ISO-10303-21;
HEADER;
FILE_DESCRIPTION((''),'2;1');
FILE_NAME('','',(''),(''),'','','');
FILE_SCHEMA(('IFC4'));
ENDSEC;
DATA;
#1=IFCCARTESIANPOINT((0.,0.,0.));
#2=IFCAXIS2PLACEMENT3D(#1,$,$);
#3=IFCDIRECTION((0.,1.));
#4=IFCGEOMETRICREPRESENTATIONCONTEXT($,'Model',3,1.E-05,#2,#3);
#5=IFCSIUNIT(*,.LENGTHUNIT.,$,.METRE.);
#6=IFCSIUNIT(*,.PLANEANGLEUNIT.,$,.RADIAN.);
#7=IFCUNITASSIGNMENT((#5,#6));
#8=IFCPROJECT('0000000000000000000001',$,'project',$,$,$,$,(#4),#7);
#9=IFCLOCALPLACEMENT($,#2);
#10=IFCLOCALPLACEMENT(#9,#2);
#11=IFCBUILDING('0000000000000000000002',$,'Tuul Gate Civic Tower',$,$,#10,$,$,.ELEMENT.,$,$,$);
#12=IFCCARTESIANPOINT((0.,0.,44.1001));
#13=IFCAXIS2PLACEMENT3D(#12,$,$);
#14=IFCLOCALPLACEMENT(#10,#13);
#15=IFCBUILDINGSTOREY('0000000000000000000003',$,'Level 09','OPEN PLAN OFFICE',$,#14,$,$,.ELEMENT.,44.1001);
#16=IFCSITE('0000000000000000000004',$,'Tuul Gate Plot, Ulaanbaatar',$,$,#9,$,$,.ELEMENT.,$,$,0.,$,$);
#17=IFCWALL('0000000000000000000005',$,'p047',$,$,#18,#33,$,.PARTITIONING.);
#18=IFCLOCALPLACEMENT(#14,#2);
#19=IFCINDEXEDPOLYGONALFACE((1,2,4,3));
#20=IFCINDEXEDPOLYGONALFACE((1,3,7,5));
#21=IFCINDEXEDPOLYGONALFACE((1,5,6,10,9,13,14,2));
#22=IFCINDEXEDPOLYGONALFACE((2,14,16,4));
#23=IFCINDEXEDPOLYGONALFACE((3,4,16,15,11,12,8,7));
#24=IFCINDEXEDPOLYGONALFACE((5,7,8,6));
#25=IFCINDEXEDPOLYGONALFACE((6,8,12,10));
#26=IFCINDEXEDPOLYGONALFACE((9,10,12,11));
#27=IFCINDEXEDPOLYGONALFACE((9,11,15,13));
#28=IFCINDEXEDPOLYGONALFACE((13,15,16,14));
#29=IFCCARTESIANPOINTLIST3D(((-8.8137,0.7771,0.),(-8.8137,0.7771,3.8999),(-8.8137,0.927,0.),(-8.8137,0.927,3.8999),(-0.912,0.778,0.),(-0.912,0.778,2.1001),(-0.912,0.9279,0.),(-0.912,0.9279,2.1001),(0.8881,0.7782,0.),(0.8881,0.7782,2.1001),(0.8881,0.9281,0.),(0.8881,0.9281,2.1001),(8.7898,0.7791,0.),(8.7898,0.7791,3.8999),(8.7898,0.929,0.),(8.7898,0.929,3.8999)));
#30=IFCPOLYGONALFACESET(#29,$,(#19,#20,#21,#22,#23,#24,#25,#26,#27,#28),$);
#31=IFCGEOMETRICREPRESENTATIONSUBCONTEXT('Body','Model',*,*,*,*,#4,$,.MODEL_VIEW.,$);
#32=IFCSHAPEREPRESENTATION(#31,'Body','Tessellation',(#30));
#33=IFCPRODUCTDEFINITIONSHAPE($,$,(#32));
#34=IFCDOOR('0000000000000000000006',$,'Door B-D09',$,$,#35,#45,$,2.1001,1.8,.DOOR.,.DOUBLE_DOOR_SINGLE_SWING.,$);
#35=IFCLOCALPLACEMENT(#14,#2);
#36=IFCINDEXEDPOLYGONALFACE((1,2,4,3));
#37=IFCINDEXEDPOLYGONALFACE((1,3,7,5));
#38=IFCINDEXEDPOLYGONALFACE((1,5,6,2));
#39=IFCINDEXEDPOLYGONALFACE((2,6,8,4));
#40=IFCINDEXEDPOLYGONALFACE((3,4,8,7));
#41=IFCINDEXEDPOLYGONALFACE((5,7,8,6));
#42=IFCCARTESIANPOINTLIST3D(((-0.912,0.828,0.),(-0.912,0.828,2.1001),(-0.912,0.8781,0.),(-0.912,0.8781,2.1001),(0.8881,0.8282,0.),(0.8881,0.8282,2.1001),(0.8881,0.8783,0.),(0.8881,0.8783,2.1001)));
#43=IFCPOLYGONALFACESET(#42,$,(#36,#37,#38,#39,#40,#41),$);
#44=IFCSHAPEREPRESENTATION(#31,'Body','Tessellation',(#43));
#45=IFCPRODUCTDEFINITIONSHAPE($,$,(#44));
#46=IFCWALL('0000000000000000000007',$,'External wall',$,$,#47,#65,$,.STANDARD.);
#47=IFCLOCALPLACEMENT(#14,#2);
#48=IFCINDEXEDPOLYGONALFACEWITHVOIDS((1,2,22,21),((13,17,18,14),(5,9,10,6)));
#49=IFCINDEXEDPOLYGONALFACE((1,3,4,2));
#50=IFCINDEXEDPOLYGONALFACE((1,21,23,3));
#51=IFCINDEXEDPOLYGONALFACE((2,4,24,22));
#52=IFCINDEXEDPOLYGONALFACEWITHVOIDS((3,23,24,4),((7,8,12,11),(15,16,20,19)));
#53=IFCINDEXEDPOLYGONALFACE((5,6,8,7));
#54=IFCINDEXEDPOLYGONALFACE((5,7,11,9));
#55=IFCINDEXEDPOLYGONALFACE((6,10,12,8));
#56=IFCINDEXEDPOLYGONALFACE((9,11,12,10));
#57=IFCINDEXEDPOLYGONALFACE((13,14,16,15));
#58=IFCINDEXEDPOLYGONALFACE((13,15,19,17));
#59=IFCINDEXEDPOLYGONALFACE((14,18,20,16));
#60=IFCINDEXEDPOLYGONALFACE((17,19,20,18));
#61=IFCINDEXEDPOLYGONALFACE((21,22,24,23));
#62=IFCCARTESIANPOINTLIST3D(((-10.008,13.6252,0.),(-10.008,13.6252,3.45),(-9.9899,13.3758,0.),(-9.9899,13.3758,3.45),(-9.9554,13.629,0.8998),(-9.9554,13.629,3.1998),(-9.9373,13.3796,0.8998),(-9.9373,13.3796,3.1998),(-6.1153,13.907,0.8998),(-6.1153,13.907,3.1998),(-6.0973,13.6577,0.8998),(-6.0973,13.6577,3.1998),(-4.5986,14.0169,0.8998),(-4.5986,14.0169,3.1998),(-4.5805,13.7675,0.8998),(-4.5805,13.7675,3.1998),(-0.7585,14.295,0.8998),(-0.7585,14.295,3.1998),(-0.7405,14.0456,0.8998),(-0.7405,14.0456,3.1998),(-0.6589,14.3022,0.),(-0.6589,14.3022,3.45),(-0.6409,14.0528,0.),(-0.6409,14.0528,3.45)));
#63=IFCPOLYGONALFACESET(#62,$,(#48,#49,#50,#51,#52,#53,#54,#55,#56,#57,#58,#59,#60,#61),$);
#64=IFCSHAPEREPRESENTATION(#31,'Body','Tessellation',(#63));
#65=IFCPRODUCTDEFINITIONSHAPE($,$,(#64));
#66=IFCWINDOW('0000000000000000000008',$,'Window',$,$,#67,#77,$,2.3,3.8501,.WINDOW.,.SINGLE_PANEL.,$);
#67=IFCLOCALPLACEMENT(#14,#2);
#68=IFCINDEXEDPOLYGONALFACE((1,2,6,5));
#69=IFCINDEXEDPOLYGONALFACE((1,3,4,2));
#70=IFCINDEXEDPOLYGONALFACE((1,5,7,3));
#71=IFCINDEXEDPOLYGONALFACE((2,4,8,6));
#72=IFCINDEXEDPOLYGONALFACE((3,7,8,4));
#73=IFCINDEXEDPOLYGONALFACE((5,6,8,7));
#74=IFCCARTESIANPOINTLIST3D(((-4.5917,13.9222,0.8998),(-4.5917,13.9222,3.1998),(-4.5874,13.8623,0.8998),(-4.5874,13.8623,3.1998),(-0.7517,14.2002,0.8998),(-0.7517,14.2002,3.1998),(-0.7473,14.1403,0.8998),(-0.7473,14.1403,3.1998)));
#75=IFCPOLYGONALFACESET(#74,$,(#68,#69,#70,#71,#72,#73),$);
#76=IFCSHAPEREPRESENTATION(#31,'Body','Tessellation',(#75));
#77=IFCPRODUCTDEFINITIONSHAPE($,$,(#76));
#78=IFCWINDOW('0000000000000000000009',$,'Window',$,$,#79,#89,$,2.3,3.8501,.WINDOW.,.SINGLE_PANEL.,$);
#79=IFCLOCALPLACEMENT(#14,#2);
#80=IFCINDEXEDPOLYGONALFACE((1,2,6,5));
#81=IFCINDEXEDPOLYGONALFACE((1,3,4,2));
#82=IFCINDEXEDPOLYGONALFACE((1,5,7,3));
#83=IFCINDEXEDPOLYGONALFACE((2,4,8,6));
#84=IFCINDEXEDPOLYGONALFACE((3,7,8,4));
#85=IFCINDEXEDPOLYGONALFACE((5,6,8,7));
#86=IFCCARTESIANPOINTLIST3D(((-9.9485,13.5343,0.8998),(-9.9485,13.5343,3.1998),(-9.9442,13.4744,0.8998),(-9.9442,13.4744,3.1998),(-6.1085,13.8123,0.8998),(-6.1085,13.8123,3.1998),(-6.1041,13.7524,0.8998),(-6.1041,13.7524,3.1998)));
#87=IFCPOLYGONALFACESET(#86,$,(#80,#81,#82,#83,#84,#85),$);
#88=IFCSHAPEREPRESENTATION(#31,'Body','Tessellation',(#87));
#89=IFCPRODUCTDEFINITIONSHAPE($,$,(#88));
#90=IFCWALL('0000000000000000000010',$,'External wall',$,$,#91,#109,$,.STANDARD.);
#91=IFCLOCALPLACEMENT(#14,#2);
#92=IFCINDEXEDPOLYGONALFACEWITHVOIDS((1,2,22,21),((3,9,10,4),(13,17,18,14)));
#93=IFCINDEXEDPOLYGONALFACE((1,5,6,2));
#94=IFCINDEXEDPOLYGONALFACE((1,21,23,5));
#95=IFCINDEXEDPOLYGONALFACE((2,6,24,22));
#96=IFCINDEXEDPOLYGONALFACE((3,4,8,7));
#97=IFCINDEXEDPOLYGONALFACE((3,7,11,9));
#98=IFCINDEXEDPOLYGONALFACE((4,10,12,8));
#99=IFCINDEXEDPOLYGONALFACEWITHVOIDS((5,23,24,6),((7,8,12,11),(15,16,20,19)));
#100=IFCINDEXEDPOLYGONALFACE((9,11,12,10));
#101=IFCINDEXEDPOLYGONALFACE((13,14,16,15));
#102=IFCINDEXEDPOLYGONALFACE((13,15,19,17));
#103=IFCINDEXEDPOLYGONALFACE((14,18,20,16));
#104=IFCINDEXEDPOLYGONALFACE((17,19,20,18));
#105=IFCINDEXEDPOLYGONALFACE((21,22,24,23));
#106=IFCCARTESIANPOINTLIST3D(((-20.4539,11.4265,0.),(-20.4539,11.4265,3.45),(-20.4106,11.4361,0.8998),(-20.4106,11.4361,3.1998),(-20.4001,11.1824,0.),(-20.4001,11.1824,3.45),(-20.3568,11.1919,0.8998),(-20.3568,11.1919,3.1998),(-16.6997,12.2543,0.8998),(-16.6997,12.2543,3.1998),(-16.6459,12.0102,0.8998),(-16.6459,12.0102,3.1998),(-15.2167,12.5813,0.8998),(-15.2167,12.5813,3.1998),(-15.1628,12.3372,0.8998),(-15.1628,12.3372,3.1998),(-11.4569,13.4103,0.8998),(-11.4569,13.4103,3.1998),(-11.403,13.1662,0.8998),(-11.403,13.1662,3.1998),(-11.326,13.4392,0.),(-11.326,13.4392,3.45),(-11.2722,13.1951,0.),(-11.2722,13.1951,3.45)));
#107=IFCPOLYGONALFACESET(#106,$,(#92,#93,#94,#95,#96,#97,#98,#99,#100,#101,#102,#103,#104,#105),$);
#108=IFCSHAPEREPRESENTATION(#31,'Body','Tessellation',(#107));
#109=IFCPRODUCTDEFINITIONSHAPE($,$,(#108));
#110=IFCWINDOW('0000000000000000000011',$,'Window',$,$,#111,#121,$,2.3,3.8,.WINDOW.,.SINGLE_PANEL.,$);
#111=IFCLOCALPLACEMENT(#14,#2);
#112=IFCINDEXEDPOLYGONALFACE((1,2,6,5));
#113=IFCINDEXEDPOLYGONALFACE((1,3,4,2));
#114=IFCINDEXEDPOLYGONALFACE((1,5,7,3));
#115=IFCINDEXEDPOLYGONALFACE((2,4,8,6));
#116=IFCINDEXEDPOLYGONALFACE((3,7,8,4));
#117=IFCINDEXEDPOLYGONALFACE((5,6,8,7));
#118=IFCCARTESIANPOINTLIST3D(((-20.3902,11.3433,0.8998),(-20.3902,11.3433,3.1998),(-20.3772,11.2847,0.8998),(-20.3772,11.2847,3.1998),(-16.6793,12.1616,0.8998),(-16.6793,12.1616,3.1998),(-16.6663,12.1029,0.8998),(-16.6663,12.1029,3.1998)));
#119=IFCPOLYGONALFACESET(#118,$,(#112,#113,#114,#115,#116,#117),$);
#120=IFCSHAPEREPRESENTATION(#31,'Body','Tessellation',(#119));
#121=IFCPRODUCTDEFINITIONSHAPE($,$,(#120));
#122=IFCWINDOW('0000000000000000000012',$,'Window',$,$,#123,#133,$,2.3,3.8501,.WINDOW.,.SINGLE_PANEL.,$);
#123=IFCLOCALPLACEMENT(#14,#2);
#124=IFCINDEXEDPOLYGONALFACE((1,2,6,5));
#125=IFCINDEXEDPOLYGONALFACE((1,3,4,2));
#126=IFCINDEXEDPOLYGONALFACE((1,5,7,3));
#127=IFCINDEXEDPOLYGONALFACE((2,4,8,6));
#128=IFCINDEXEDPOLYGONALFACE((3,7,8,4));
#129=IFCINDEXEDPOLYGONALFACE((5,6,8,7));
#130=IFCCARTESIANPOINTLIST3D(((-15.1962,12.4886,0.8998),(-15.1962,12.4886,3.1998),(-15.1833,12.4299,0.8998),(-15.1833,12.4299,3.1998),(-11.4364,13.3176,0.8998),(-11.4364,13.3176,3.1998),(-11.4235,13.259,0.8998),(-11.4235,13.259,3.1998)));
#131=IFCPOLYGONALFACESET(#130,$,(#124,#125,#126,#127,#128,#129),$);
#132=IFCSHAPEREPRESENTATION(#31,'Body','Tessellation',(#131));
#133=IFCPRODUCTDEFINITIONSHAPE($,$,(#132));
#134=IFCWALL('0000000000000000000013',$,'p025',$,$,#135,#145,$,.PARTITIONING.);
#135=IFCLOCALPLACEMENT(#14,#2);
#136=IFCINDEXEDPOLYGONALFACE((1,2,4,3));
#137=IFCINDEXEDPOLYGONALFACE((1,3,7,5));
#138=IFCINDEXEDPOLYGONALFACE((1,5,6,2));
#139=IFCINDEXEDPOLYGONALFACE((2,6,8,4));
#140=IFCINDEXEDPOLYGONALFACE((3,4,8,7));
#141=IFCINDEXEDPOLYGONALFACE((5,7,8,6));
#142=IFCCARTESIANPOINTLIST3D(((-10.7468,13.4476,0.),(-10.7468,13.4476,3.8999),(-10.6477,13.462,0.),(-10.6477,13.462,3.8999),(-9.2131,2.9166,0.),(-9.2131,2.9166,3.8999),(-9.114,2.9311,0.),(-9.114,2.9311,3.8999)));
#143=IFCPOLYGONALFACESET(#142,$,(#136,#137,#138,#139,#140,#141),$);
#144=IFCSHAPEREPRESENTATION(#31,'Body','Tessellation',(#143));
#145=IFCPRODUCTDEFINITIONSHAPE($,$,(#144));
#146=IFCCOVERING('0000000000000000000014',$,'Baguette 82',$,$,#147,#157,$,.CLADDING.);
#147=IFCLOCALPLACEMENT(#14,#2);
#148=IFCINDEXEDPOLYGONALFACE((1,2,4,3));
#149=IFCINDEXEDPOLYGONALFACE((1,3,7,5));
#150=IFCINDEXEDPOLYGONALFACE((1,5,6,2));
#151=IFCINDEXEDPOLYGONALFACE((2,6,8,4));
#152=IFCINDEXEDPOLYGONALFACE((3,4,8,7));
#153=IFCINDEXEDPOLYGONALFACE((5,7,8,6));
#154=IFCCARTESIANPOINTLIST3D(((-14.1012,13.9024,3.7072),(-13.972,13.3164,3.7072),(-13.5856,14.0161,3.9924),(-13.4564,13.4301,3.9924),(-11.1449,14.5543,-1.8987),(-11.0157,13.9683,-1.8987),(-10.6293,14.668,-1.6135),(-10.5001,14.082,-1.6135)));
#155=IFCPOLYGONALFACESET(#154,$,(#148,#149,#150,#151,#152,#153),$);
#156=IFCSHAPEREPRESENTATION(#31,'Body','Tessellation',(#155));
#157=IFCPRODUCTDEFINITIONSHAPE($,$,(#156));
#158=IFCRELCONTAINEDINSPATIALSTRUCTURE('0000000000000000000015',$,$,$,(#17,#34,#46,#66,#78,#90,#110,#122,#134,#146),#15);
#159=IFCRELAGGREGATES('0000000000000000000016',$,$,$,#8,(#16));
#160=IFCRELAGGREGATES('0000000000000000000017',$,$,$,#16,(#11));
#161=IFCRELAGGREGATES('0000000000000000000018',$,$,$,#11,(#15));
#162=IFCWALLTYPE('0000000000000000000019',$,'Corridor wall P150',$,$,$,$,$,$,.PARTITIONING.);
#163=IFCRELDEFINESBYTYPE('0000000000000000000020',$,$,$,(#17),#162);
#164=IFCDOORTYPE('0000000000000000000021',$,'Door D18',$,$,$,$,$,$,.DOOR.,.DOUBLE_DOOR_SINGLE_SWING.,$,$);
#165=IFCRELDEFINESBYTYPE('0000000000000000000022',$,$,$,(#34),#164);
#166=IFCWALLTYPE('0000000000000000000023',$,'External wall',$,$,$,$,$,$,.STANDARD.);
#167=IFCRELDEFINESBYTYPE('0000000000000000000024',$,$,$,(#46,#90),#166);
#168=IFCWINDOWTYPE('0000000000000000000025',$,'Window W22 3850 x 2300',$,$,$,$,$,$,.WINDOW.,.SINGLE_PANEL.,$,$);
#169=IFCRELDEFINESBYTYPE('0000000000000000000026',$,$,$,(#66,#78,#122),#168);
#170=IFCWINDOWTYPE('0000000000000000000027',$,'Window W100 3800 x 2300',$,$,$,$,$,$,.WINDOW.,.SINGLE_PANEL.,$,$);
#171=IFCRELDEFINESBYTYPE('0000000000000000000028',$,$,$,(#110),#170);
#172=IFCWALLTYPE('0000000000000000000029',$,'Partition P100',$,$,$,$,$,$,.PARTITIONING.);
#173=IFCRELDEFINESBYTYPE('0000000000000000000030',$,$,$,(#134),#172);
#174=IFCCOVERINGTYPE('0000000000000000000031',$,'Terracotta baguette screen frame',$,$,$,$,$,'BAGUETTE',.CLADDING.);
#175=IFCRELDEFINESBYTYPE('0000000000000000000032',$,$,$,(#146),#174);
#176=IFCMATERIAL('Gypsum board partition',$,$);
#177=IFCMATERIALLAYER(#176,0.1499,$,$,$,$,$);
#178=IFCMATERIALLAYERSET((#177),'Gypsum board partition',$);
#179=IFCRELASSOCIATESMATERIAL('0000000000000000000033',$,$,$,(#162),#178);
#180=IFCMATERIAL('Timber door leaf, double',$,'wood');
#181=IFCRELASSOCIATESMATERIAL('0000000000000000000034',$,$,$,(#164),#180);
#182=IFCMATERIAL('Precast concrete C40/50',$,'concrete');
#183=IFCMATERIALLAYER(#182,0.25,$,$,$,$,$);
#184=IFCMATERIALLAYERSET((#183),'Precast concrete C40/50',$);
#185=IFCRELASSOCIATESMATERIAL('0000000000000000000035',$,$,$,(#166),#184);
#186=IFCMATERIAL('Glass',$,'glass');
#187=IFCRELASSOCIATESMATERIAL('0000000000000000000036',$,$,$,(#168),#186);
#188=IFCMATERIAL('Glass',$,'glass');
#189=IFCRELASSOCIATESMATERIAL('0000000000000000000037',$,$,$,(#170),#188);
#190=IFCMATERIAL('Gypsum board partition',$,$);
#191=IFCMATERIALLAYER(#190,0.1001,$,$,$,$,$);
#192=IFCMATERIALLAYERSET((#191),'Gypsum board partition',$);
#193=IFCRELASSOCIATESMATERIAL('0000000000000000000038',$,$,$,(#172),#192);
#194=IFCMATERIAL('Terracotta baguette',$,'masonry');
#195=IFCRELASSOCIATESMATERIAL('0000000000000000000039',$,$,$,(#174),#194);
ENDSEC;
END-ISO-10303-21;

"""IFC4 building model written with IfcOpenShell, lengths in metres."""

from ifc_helpers import new_model, si_unit, direction, frame, frame_2d, origin, origin_2d, place, context, subcontext, project, spatial, rectangle, extrude, material, layer, layer_set, material_profile, profile_set, type_object, element, fill, save


model = new_model("IFC4")

# Units and contexts
model_context = context("Model", 3, precision=1e-05, world=origin(), true_north=direction((0.0, 1.0)))
body_context = subcontext(model_context, "Body", "Model", "MODEL_VIEW")
ifc_project = project(units=[si_unit("LENGTHUNIT", "METRE"), si_unit("PLANEANGLEUNIT", "RADIAN")], contexts=[model_context])

# Site, building, storey
site_placement = place(None, origin())
site = spatial("IfcSite", under=ifc_project, at=site_placement, Name="Tuul Gate Plot, Ulaanbaatar", CompositionType="ELEMENT", RefElevation=0.0)
building_placement = place(site_placement, origin())
building = spatial("IfcBuilding", under=site, at=building_placement, Name="Tuul Gate Civic Tower", CompositionType="ELEMENT")
storey_placement = place(building_placement, frame((0.0, 0.0, 44.1001)))
storey = spatial("IfcBuildingStorey", under=building, at=storey_placement, Name="Level 09", Description="OPEN PLAN OFFICE", CompositionType="ELEMENT", Elevation=44.1001)

# Wall, opening, door
ifc_material_1 = material(Name="Gypsum board partition")
ifc_layer_1 = layer(ifc_material_1, 0.1499)
ifc_layer_set_1 = layer_set([ifc_layer_1], Name="Gypsum board partition")
wall_type_1 = type_object("IfcWallType", Name="Corridor wall P150", PredefinedType="PARTITIONING", material=ifc_layer_set_1)
ifc_material_2 = material(Name="Timber door leaf, double", Category="wood")
door_type = type_object("IfcDoorType", Name="Door D18", OperationType="DOUBLE_DOOR_SINGLE_SWING", PredefinedType="DOOR", material=ifc_material_2)
wall_1_placement = place(storey_placement, frame((-8.8137, 0.8521, 0.0), z_axis=(0.0, 0.0, 1.0), x_axis=(1.0, 0.000111, 0.0)))
wall_1 = element("IfcWall", 1, at=wall_1_placement, inside=storey, type_object=wall_type_1, Name="p047", PredefinedType="PARTITIONING", context=body_context, shape_type="SweptSolid", body=[
    extrude(rectangle(XDim=17.6035, YDim=0.1499, at=frame_2d((8.8018, 0.0))), origin(), (0.0, 0.0, 1.0), 3.8999),
])
opening_1_placement = place(wall_1_placement, frame((7.9019, 0.0, 0.0)))
opening_1 = element("IfcOpeningElement", 2, at=opening_1_placement, cuts=wall_1, PredefinedType="OPENING", context=body_context, shape_type="SweptSolid", body=[
    extrude(rectangle(XDim=1.8, YDim=2.1001, at=frame_2d((0.8999, 1.05))), frame((0.0, 0.085, 0.0), z_axis=(0.0, -1.0, 0.0), x_axis=(1.0, 0.0, 0.0)), (0.0, 0.0, 1.0), 0.1699),
])
door_1_placement = place(opening_1_placement, frame((1.8, 0.0, 0.0), z_axis=(0.0, 0.0, 1.0), x_axis=(-1.0, 0.0, 0.0)))
door_1 = element("IfcDoor", 3, at=door_1_placement, inside=storey, type_object=door_type, Name="Door B-D09", OperationType="DOUBLE_DOOR_SINGLE_SWING", OverallHeight=2.1001, OverallWidth=1.8, PredefinedType="DOOR", context=body_context, shape_type="SweptSolid", body=[
    extrude(rectangle(XDim=1.8, YDim=2.1001, at=frame_2d((0.9001, 1.05))), frame((0.0, 0.0249, 0.0), z_axis=(0.0, -1.0, 0.0), x_axis=(1.0, 0.0, 0.0)), (0.0, 0.0, 1.0), 0.05),
])
fill(opening_1, door_1)

# Walls, openings, windows
ifc_material_3 = material(Name="Precast concrete C40/50", Category="concrete")
ifc_layer_2 = layer(ifc_material_3, 0.25)
ifc_layer_set_2 = layer_set([ifc_layer_2], Name="Precast concrete C40/50")
wall_type_2 = type_object("IfcWallType", Name="External wall", PredefinedType="STANDARD", material=ifc_layer_set_2)
wall_2_placement = place(storey_placement, frame((-0.6499, 14.1775, 0.0), z_axis=(0.0, 0.0, 1.0), x_axis=(-0.997388, -0.072224, 0.0)))
wall_2 = element("IfcWall", 4, at=wall_2_placement, inside=storey, type_object=wall_type_2, Name="External wall", PredefinedType="STANDARD", context=body_context, shape_type="SweptSolid", body=[
    extrude(rectangle(XDim=9.3735, YDim=0.25, at=frame_2d((4.6868, 0.0))), origin(), (0.0, 0.0, 1.0), 3.45),
])
opening_2_placement = place(wall_2_placement, frame((0.0999, 0.0, 0.8999)))
opening_2 = element("IfcOpeningElement", 5, at=opening_2_placement, cuts=wall_2, PredefinedType="OPENING", context=body_context, shape_type="SweptSolid", body=[
    extrude(rectangle(XDim=3.8501, YDim=2.3, at=frame_2d((1.925, 1.1499))), frame((0.0, 0.135, 0.0), z_axis=(0.0, -1.0, 0.0), x_axis=(1.0, 0.0, 0.0)), (0.0, 0.0, 1.0), 0.27),
])
opening_3_placement = place(wall_2_placement, frame((5.4707, 0.0, 0.8999)))
opening_3 = element("IfcOpeningElement", 6, at=opening_3_placement, cuts=wall_2, PredefinedType="OPENING", context=body_context, shape_type="SweptSolid", body=[
    extrude(rectangle(XDim=3.8501, YDim=2.3, at=frame_2d((1.925, 1.1499))), frame((0.0, 0.135, 0.0), z_axis=(0.0, -1.0, 0.0), x_axis=(1.0, 0.0, 0.0)), (0.0, 0.0, 1.0), 0.27),
])
ifc_material_4 = material(Name="Glass", Category="glass")
window_type_1 = type_object("IfcWindowType", Name="Window W22 3850 x 2300", PartitioningType="SINGLE_PANEL", PredefinedType="WINDOW", material=ifc_material_4)
window_1_placement = place(opening_2_placement, origin())
window_1 = element("IfcWindow", 7, at=window_1_placement, inside=storey, type_object=window_type_1, Name="Window", OverallHeight=2.3, OverallWidth=3.8501, PartitioningType="SINGLE_PANEL", PredefinedType="WINDOW", context=body_context, shape_type="SweptSolid", body=[
    extrude(rectangle(XDim=3.8501, YDim=2.3, at=frame_2d((1.925, 1.1499))), frame((0.0, 0.03, 0.0), z_axis=(0.0, -1.0, 0.0), x_axis=(1.0, 0.0, 0.0)), (0.0, 0.0, 1.0), 0.0601),
])
fill(opening_2, window_1)
window_2_placement = place(opening_3_placement, origin())
window_2 = element("IfcWindow", 8, at=window_2_placement, inside=storey, type_object=window_type_1, Name="Window", OverallHeight=2.3, OverallWidth=3.8501, PartitioningType="SINGLE_PANEL", PredefinedType="WINDOW", context=body_context, shape_type="SweptSolid", body=[
    extrude(rectangle(XDim=3.8501, YDim=2.3, at=frame_2d((1.925, 1.1499))), frame((0.0, 0.03, 0.0), z_axis=(0.0, -1.0, 0.0), x_axis=(1.0, 0.0, 0.0)), (0.0, 0.0, 1.0), 0.0601),
])
fill(opening_3, window_2)
wall_3_placement = place(storey_placement, frame((-11.2991, 13.3171, 0.0), z_axis=(0.0, 0.0, 1.0), x_axis=(-0.976542, -0.215326, 0.0)))
wall_3 = element("IfcWall", 9, at=wall_3_placement, inside=storey, type_object=wall_type_2, Name="External wall", PredefinedType="STANDARD", context=body_context, shape_type="SweptSolid", body=[
    extrude(rectangle(XDim=9.3472, YDim=0.25, at=frame_2d((4.6736, 0.0))), origin(), (0.0, 0.0, 1.0), 3.45),
])
opening_4_placement = place(wall_3_placement, frame((0.134, 0.0, 0.8999)))
opening_4 = element("IfcOpeningElement", 10, at=opening_4_placement, cuts=wall_3, PredefinedType="OPENING", context=body_context, shape_type="SweptSolid", body=[
    extrude(rectangle(XDim=3.8501, YDim=2.3, at=frame_2d((1.925, 1.1499))), frame((0.0, 0.135, 0.0), z_axis=(0.0, -1.0, 0.0), x_axis=(1.0, 0.0, 0.0)), (0.0, 0.0, 1.0), 0.27),
])
opening_5_placement = place(wall_3_placement, frame((5.5029, 0.0, 0.8999)))
opening_5 = element("IfcOpeningElement", 11, at=opening_5_placement, cuts=wall_3, PredefinedType="OPENING", context=body_context, shape_type="SweptSolid", body=[
    extrude(rectangle(XDim=3.8, YDim=2.3, at=frame_2d((1.8999, 1.1499))), frame((0.0, 0.135, 0.0), z_axis=(0.0, -1.0, 0.0), x_axis=(1.0, 0.0, 0.0)), (0.0, 0.0, 1.0), 0.27),
])
ifc_material_5 = material(Name="Glass", Category="glass")
window_type_2 = type_object("IfcWindowType", Name="Window W100 3800 x 2300", PartitioningType="SINGLE_PANEL", PredefinedType="WINDOW", material=ifc_material_5)
window_3_placement = place(opening_5_placement, origin())
window_3 = element("IfcWindow", 12, at=window_3_placement, inside=storey, type_object=window_type_2, Name="Window", OverallHeight=2.3, OverallWidth=3.8, PartitioningType="SINGLE_PANEL", PredefinedType="WINDOW", context=body_context, shape_type="SweptSolid", body=[
    extrude(rectangle(XDim=3.8, YDim=2.3, at=frame_2d((1.8999, 1.1499))), frame((0.0, 0.03, 0.0), z_axis=(0.0, -1.0, 0.0), x_axis=(1.0, 0.0, 0.0)), (0.0, 0.0, 1.0), 0.0601),
])
fill(opening_5, window_3)
window_4_placement = place(opening_4_placement, origin())
window_4 = element("IfcWindow", 13, at=window_4_placement, inside=storey, type_object=window_type_1, Name="Window", OverallHeight=2.3, OverallWidth=3.8501, PartitioningType="SINGLE_PANEL", PredefinedType="WINDOW", context=body_context, shape_type="SweptSolid", body=[
    extrude(rectangle(XDim=3.8501, YDim=2.3, at=frame_2d((1.925, 1.1499))), frame((0.0, 0.03, 0.0), z_axis=(0.0, -1.0, 0.0), x_axis=(1.0, 0.0, 0.0)), (0.0, 0.0, 1.0), 0.0601),
])
fill(opening_4, window_4)

# Wall
ifc_material_6 = material(Name="Gypsum board partition")
ifc_layer_3 = layer(ifc_material_6, 0.1001)
ifc_layer_set_3 = layer_set([ifc_layer_3], Name="Gypsum board partition")
wall_type_3 = type_object("IfcWallType", Name="Partition P100", PredefinedType="PARTITIONING", material=ifc_layer_set_3)
wall_4_placement = place(storey_placement, frame((-10.6973, 13.4548, 0.0), z_axis=(0.0, 0.0, 1.0), x_axis=(0.144115, -0.989561, 0.0)))
element("IfcWall", 14, at=wall_4_placement, inside=storey, type_object=wall_type_3, Name="p025", PredefinedType="PARTITIONING", context=body_context, shape_type="SweptSolid", body=[
    extrude(rectangle(XDim=10.6421, YDim=0.1001, at=frame_2d((5.321, 0.0))), origin(), (0.0, 0.0, 1.0), 3.8999),
])

# Covering
ifc_material_7 = material(Name="Terracotta baguette", Category="masonry")
ifc_material_profile_1 = material_profile(ifc_material_7, rectangle(XDim=0.6001, YDim=0.6001, at=origin_2d()), Name="Terracotta baguette screen frame")
ifc_profile_set_1 = profile_set([ifc_material_profile_1], Name="Terracotta baguette")
covering_type = type_object("IfcCoveringType", Name="Terracotta baguette screen frame", ElementType="BAGUETTE", PredefinedType="CLADDING", material=ifc_profile_set_1)
covering_1_placement = place(storey_placement, frame((-10.8225, 14.3181, -1.7561), z_axis=(-0.464014, -0.102314, 0.879899), x_axis=(0.215325, -0.976542, 0.0)))
element("IfcCovering", 15, at=covering_1_placement, inside=storey, type_object=covering_type, Name="Baguette 82", PredefinedType="CLADDING", context=body_context, shape_type="SweptSolid", body=[
    extrude(rectangle(XDim=0.6001, YDim=0.6001, at=origin_2d()), origin(), (0.0, 0.0, 1.0), 6.3711),
])

save(model, "model.ifc")
